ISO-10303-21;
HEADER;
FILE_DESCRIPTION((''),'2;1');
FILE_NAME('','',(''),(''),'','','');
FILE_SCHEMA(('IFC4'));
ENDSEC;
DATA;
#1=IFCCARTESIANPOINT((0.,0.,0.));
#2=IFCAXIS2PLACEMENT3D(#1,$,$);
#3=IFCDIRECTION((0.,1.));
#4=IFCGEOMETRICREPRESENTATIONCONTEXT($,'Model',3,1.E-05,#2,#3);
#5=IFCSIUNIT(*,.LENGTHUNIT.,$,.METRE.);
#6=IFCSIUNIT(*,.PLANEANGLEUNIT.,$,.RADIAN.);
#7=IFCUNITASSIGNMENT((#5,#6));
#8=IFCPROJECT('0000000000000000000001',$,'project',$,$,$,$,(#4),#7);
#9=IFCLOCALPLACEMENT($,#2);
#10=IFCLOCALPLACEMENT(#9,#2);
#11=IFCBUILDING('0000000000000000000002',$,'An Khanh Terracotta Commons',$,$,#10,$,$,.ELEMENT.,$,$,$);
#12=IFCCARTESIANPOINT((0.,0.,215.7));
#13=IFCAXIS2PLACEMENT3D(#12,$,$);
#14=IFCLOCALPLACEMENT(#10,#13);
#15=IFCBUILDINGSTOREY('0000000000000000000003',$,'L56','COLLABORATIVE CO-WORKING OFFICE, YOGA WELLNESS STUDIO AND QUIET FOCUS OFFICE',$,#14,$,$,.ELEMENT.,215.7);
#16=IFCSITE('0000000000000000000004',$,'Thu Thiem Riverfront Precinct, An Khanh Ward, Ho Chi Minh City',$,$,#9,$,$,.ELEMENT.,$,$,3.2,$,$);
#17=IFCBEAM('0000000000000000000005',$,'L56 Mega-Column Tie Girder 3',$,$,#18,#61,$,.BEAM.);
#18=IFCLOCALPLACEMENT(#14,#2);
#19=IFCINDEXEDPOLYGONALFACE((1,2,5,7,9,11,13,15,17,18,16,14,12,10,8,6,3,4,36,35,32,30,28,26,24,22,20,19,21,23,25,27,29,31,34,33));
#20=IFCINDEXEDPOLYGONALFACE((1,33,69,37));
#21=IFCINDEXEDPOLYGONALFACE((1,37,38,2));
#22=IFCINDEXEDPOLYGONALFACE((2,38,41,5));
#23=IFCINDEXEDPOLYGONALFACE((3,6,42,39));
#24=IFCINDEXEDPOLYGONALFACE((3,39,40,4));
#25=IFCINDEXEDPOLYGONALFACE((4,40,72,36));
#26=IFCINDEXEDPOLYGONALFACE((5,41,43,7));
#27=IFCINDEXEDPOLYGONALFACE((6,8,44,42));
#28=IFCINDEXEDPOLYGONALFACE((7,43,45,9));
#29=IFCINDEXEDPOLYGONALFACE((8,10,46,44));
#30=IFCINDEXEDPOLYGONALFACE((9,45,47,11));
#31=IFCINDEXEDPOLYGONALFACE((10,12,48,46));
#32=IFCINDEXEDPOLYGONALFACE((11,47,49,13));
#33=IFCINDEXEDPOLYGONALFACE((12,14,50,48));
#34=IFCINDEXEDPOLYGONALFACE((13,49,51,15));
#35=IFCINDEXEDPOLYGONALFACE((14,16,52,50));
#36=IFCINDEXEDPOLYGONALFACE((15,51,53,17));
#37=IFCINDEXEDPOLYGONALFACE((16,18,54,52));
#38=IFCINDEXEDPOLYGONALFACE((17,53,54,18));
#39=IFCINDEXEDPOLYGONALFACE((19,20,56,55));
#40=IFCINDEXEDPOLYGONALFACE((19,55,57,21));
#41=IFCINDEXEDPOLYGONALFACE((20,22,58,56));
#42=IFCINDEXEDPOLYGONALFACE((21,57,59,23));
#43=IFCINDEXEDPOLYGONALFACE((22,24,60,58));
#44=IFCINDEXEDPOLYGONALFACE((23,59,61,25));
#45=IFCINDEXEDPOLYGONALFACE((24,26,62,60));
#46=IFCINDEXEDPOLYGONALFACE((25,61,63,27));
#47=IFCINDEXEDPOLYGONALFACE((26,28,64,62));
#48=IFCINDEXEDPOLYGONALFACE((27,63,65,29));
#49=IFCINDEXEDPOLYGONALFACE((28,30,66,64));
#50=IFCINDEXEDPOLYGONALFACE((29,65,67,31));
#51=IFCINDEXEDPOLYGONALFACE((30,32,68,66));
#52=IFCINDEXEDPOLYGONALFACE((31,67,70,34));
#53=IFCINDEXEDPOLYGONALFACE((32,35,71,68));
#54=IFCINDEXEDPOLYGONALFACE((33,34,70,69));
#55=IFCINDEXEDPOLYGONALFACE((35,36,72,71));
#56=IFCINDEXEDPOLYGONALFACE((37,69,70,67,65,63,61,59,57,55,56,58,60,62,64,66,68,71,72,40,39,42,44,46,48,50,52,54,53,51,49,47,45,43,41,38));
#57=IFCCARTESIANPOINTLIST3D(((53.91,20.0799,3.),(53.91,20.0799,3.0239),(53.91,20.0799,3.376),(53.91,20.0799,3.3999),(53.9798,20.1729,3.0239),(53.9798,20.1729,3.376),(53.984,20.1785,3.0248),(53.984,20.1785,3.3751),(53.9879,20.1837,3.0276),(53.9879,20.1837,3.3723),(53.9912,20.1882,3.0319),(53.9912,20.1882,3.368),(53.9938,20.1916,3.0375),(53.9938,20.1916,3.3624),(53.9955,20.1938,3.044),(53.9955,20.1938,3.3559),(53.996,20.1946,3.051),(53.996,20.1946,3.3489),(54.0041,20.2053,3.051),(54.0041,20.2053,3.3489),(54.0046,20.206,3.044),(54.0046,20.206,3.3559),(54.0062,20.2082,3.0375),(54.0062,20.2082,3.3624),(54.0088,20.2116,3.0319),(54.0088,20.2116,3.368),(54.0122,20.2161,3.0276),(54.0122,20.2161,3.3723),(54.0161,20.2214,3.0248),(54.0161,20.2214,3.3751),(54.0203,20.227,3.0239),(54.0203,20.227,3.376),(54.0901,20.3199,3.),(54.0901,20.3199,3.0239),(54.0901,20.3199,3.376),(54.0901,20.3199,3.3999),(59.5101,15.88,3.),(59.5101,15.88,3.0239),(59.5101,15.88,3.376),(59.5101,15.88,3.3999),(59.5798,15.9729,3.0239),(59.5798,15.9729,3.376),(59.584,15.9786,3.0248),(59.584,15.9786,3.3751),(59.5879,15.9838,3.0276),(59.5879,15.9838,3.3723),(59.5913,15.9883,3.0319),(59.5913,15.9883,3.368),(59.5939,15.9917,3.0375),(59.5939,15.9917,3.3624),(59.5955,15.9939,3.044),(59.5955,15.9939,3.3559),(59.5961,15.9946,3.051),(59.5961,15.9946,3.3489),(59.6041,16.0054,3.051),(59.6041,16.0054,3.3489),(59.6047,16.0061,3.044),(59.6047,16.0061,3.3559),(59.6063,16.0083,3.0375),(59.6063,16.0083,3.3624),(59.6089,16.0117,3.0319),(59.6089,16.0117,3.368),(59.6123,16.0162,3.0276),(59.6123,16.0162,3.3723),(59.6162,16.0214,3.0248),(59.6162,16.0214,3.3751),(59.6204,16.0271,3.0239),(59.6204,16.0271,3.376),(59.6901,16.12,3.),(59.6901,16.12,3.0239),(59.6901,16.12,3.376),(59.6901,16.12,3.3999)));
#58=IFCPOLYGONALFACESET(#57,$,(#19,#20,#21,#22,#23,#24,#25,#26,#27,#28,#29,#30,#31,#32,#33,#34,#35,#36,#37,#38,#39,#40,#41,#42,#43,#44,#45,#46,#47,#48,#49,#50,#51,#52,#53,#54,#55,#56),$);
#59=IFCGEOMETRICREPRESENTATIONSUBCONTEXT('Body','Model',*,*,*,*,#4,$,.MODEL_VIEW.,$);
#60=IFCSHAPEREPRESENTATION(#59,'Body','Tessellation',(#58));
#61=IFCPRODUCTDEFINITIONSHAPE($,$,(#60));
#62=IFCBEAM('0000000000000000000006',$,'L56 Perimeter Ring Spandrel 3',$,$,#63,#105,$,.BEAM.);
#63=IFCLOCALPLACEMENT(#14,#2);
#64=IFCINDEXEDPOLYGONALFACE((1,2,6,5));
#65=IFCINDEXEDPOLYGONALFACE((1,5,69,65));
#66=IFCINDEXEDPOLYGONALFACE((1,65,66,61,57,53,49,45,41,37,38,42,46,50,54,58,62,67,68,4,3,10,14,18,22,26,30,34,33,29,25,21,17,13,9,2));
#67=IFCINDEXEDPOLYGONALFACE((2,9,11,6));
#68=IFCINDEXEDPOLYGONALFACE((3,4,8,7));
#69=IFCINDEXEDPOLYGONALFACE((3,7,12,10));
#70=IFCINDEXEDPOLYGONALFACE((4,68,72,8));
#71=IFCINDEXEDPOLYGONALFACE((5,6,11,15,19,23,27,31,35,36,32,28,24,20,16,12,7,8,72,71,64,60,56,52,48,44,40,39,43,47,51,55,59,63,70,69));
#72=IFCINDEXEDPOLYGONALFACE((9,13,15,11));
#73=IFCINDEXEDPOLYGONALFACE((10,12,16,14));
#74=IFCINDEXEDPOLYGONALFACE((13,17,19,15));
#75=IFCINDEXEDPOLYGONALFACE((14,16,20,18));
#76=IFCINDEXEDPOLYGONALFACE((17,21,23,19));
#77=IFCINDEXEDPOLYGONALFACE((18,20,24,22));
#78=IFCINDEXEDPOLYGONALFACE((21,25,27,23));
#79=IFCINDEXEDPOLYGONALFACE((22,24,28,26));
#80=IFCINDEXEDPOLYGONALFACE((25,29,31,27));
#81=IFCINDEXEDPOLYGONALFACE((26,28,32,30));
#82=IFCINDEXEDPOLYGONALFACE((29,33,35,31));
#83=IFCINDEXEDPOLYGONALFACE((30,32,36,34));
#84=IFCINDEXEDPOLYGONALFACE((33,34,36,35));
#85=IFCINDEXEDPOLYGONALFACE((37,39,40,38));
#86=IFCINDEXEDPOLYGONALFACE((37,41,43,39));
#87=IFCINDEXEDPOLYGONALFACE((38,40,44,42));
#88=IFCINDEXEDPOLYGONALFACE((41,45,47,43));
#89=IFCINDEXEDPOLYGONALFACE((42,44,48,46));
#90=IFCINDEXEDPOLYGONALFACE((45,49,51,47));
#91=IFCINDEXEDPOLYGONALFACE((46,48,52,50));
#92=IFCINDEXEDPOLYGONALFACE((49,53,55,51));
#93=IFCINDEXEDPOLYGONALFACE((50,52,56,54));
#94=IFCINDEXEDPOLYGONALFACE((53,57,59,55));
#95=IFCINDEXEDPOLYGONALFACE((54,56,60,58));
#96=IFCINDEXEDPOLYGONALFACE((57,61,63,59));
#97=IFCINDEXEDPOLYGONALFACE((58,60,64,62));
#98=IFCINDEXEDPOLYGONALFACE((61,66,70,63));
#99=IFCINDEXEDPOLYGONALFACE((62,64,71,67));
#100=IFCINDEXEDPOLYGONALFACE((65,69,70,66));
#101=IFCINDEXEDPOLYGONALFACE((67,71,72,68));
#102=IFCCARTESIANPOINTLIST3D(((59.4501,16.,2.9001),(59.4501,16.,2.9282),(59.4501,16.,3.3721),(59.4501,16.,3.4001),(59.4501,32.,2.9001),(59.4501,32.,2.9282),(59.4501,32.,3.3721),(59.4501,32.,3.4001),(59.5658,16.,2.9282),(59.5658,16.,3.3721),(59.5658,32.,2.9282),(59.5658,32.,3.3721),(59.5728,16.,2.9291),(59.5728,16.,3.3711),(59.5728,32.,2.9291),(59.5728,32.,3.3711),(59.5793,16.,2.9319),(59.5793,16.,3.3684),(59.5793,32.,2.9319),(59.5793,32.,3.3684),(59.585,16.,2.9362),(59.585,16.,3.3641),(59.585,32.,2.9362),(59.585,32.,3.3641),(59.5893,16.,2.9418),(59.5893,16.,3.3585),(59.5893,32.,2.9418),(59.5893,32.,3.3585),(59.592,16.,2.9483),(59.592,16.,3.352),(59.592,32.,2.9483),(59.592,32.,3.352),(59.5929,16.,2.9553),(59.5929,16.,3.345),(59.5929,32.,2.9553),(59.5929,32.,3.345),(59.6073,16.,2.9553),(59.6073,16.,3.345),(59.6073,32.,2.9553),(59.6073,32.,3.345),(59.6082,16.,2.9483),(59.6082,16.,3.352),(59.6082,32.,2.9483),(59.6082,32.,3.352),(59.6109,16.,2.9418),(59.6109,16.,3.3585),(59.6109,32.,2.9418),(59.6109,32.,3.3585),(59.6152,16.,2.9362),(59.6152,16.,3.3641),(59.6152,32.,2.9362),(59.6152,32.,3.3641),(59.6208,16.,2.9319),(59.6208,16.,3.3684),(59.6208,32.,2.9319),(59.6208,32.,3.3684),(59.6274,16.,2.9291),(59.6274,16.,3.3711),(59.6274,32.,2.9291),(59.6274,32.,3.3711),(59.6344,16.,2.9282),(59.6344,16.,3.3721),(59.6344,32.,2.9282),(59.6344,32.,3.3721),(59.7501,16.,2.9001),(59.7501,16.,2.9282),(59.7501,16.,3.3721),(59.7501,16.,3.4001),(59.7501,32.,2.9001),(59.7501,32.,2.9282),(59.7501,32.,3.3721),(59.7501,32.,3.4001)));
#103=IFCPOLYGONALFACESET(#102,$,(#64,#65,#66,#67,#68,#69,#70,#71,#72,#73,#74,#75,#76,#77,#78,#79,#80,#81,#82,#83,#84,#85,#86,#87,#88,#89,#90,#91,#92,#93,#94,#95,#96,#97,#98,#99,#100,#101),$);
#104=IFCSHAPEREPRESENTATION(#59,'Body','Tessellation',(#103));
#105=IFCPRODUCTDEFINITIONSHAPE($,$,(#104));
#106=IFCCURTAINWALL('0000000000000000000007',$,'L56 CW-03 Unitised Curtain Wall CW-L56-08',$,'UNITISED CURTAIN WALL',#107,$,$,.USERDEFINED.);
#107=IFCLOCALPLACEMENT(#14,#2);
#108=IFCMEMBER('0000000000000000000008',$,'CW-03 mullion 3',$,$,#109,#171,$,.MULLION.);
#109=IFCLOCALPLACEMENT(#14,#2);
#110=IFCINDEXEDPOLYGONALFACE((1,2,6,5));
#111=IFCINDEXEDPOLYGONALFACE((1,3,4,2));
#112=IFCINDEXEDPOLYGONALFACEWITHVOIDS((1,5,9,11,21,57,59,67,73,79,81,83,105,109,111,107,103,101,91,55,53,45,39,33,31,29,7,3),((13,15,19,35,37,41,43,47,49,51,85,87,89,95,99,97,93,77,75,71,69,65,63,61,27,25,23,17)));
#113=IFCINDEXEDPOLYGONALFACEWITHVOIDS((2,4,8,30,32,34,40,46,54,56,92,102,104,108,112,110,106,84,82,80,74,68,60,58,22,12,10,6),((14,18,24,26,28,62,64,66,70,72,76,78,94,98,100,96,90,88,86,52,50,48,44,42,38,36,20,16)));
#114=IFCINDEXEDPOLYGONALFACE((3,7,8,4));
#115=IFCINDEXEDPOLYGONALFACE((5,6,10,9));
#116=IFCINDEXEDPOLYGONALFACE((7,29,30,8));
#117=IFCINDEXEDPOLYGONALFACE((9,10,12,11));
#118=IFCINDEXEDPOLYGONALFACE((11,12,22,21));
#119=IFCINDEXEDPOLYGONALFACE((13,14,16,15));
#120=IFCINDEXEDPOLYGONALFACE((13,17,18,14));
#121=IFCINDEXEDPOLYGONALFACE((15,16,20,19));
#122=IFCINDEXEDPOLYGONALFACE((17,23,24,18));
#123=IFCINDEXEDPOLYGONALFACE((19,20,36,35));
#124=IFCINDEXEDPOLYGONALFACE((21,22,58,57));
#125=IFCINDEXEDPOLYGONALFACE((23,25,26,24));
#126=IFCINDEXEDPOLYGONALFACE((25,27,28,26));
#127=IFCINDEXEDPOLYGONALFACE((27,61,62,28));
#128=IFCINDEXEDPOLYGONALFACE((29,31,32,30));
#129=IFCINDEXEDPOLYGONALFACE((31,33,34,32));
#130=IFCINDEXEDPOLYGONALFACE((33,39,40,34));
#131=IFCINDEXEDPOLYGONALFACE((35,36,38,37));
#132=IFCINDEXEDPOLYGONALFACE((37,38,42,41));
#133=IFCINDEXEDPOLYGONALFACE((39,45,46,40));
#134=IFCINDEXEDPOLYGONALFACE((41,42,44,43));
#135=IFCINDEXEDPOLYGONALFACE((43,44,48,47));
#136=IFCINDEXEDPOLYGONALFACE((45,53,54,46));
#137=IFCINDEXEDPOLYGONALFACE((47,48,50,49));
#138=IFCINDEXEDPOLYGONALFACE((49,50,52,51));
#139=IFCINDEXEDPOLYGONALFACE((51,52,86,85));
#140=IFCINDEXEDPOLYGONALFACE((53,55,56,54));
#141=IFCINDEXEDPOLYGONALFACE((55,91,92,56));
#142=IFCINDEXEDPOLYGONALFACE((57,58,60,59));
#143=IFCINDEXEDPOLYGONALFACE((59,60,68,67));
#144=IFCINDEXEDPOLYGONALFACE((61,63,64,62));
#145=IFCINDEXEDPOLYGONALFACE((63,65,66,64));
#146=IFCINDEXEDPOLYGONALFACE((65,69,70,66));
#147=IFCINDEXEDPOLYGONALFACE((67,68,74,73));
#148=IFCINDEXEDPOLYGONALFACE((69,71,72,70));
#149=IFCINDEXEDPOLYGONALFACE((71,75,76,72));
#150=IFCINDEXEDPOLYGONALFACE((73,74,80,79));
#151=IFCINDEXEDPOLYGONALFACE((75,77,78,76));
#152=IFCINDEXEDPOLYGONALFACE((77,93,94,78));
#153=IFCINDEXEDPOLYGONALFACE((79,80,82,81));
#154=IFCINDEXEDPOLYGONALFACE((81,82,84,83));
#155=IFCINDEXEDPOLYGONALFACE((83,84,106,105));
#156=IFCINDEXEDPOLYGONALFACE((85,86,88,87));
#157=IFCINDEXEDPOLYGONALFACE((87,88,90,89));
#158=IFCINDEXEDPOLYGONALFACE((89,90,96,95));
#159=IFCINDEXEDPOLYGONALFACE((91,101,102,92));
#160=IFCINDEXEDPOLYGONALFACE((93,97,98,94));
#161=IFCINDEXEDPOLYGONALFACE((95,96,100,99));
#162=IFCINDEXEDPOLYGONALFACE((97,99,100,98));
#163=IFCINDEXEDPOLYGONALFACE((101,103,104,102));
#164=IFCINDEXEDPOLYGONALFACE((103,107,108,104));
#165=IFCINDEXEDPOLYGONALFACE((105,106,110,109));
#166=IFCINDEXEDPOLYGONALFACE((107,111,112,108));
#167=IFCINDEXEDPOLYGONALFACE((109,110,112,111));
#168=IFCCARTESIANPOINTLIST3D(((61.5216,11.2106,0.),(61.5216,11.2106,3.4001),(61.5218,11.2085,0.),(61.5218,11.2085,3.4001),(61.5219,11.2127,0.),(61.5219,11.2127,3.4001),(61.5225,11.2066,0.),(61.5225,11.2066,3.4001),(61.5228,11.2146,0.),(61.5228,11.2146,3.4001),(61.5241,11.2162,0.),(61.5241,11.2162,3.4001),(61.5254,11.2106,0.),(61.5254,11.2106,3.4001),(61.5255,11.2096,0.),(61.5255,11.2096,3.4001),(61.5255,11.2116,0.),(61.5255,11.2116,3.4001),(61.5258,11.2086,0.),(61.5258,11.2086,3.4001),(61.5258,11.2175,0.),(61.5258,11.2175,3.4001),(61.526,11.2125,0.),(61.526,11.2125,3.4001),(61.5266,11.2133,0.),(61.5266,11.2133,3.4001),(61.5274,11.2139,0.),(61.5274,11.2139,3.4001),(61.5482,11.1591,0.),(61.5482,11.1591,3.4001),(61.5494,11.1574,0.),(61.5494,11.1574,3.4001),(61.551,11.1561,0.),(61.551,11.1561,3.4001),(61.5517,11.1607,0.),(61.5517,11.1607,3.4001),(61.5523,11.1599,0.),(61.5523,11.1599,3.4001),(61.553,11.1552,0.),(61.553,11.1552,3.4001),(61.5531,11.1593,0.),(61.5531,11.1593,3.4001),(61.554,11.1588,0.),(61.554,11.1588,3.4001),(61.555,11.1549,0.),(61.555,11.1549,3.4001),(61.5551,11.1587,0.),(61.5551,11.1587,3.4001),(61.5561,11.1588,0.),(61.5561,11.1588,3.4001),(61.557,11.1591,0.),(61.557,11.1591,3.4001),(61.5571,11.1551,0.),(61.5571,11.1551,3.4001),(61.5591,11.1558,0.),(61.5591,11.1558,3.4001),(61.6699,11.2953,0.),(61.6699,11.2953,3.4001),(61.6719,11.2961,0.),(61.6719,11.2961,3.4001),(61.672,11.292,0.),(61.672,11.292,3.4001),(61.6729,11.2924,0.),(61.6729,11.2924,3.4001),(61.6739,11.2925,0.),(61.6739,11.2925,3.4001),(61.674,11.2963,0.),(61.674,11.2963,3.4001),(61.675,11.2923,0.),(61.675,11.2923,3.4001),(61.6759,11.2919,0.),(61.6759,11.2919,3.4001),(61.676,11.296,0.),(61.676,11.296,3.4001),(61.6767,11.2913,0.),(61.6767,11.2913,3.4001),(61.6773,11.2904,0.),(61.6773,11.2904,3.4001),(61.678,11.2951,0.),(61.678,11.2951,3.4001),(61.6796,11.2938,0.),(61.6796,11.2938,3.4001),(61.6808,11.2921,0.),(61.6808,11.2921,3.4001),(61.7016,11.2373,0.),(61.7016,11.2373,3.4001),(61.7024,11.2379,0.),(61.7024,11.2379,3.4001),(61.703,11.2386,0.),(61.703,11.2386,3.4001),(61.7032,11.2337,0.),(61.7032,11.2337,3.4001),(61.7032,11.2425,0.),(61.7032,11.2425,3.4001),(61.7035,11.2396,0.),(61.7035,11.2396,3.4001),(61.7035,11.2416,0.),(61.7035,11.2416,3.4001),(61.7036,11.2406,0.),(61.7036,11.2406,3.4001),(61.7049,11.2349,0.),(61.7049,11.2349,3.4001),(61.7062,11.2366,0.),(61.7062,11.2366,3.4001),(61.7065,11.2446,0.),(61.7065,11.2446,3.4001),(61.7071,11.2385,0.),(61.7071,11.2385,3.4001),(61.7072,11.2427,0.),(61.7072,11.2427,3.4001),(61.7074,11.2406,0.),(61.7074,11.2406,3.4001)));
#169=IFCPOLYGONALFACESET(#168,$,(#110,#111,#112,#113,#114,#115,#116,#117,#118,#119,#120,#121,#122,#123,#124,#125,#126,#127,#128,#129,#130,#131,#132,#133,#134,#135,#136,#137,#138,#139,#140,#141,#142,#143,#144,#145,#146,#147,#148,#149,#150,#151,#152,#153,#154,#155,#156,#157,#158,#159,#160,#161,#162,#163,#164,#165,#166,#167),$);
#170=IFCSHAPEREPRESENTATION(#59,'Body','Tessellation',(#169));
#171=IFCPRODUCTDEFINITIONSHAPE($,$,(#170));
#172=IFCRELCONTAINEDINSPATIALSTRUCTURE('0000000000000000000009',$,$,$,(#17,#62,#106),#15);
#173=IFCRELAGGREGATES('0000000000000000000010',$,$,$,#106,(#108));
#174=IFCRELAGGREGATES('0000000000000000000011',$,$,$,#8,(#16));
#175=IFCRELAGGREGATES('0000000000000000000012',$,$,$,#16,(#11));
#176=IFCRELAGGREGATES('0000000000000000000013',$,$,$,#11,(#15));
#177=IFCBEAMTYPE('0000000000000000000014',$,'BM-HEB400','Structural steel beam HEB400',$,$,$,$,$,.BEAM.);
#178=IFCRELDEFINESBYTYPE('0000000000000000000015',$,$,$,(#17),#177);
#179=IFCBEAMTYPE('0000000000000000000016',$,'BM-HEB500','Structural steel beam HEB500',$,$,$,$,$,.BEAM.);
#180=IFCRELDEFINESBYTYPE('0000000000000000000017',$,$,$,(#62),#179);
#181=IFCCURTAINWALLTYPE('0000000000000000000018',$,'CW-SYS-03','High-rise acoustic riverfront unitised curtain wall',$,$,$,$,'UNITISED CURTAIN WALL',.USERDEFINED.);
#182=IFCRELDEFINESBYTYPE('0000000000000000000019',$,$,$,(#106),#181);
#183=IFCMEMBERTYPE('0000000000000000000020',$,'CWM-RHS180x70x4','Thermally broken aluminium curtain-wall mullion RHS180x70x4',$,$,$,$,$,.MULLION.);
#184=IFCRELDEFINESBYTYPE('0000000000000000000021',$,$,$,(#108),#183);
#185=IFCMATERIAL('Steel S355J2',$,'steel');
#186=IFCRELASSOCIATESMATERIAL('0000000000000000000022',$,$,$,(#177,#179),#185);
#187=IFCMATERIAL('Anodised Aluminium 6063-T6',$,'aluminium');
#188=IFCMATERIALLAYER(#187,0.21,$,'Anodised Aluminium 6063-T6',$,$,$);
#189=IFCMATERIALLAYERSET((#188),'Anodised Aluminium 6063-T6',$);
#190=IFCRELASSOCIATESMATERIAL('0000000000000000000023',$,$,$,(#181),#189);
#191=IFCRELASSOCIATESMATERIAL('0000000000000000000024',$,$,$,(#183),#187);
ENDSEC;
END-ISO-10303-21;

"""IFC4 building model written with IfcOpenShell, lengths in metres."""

from ifc_helpers import new_model, si_unit, direction, frame, origin, origin_2d, place, context, subcontext, project, spatial, hollow_rectangle, i_section, extrude, material, layer, layer_set, material_profile, profile_set, type_object, element, aggregate, save


model = new_model("IFC4")

# Units and contexts
model_context = context("Model", 3, precision=1e-05, world=origin(), true_north=direction((0.0, 1.0)))
body_context = subcontext(model_context, "Body", "Model", "MODEL_VIEW")
ifc_project = project(units=[si_unit("LENGTHUNIT", "METRE"), si_unit("PLANEANGLEUNIT", "RADIAN")], contexts=[model_context])

# Site, building, storey
site_placement = place(None, origin())
site = spatial("IfcSite", under=ifc_project, at=site_placement, Name="Thu Thiem Riverfront Precinct, An Khanh Ward, Ho Chi Minh City", CompositionType="ELEMENT", RefElevation=3.2)
building_placement = place(site_placement, origin())
building = spatial("IfcBuilding", under=site, at=building_placement, Name="An Khanh Terracotta Commons", CompositionType="ELEMENT")
storey_placement = place(building_placement, frame((0.0, 0.0, 215.7)))
storey = spatial("IfcBuildingStorey", under=building, at=storey_placement, Name="L56", Description="COLLABORATIVE CO-WORKING OFFICE, YOGA WELLNESS STUDIO AND QUIET FOCUS OFFICE", CompositionType="ELEMENT", Elevation=215.7)

# Beams
ifc_material_1 = material(Name="Steel S355J2", Category="steel")
ifc_material_profile_1 = material_profile(ifc_material_1, i_section(OverallWidth=0.3, OverallDepth=0.3999, WebThickness=0.0134, FlangeThickness=0.0239, FilletRadius=0.0271, at=origin_2d()), Name="HEB400")
ifc_profile_set_1 = profile_set([ifc_material_profile_1], Name="Steel S355J2")
beam_type_1 = type_object("IfcBeamType", Name="BM-HEB400", Description="Structural steel beam HEB400", PredefinedType="BEAM", material=ifc_profile_set_1)
beam_1_placement = place(storey_placement, frame((59.6001, 16.0, 3.2), z_axis=(-0.800008, 0.599989, 0.0), x_axis=(-0.599989, -0.800008, 0.0)))
element("IfcBeam", 1, at=beam_1_placement, inside=storey, type_object=beam_type_1, Name="L56 Mega-Column Tie Girder 3", PredefinedType="BEAM", context=body_context, shape_type="SweptSolid", body=[
    extrude(i_section(OverallWidth=0.3, OverallDepth=0.3999, WebThickness=0.0134, FlangeThickness=0.0239, FilletRadius=0.0271, at=origin_2d()), origin(), (0.0, 0.0, 1.0), 7.0),
])
ifc_material_profile_2 = material_profile(ifc_material_1, i_section(OverallWidth=0.3, OverallDepth=0.5, WebThickness=0.0144, FlangeThickness=0.0281, FilletRadius=0.0271, at=origin_2d()), Name="HEB500")
ifc_profile_set_2 = profile_set([ifc_material_profile_2], Name="Steel S355J2")
beam_type_2 = type_object("IfcBeamType", Name="BM-HEB500", Description="Structural steel beam HEB500", PredefinedType="BEAM", material=ifc_profile_set_2)
beam_2_placement = place(storey_placement, frame((59.6001, 16.0, 3.1501), z_axis=(0.0, 1.0, 0.0), x_axis=(-1.0, 0.0, 0.0)))
element("IfcBeam", 2, at=beam_2_placement, inside=storey, type_object=beam_type_2, Name="L56 Perimeter Ring Spandrel 3", PredefinedType="BEAM", context=body_context, shape_type="SweptSolid", body=[
    extrude(i_section(OverallWidth=0.3, OverallDepth=0.5, WebThickness=0.0144, FlangeThickness=0.0281, FilletRadius=0.0271, at=origin_2d()), origin(), (0.0, 0.0, 1.0), 16.0),
])

# Curtain wall, member
ifc_material_2 = material(Name="Anodised Aluminium 6063-T6", Category="aluminium")
ifc_layer_1 = layer(ifc_material_2, 0.21, Name="Anodised Aluminium 6063-T6")
ifc_layer_set_1 = layer_set([ifc_layer_1], Name="Anodised Aluminium 6063-T6")
curtain_wall_type = type_object("IfcCurtainWallType", Name="CW-SYS-03", Description="High-rise acoustic riverfront unitised curtain wall", ElementType="UNITISED CURTAIN WALL", PredefinedType="USERDEFINED", material=ifc_layer_set_1)
curtain_wall_1_placement = place(storey_placement, origin())
curtain_wall_1 = element("IfcCurtainWall", 3, at=curtain_wall_1_placement, inside=storey, type_object=curtain_wall_type, Name="L56 CW-03 Unitised Curtain Wall CW-L56-08", ObjectType="UNITISED CURTAIN WALL", PredefinedType="USERDEFINED")
ifc_material_profile_3 = material_profile(ifc_material_2, hollow_rectangle(XDim=0.0701, YDim=0.1799, WallThickness=0.0039, InnerFilletRadius=0.0039, OuterFilletRadius=0.0081, at=origin_2d()), Name="RHS180x70x4")
ifc_profile_set_3 = profile_set([ifc_material_profile_3], Name="Anodised Aluminium 6063-T6")
member_type_1 = type_object("IfcMemberType", Name="CWM-RHS180x70x4", Description="Thermally broken aluminium curtain-wall mullion RHS180x70x4", PredefinedType="MULLION", material=ifc_profile_set_3)
member_1_placement = place(storey_placement, frame((61.6145, 11.2256, 0.0), z_axis=(0.0, 0.0, 1.0), x_axis=(-0.475381, 0.87978, 0.0)))
member_1 = element("IfcMember", 4, at=member_1_placement, type_object=member_type_1, Name="CW-03 mullion 3", PredefinedType="MULLION", context=body_context, shape_type="SweptSolid", body=[
    extrude(hollow_rectangle(XDim=0.0701, YDim=0.1799, WallThickness=0.0039, InnerFilletRadius=0.0039, OuterFilletRadius=0.0081, at=origin_2d()), origin(), (0.0, 0.0, 1.0), 3.4001),
])

aggregate(curtain_wall_1, [member_1])

save(model, "model.ifc")
